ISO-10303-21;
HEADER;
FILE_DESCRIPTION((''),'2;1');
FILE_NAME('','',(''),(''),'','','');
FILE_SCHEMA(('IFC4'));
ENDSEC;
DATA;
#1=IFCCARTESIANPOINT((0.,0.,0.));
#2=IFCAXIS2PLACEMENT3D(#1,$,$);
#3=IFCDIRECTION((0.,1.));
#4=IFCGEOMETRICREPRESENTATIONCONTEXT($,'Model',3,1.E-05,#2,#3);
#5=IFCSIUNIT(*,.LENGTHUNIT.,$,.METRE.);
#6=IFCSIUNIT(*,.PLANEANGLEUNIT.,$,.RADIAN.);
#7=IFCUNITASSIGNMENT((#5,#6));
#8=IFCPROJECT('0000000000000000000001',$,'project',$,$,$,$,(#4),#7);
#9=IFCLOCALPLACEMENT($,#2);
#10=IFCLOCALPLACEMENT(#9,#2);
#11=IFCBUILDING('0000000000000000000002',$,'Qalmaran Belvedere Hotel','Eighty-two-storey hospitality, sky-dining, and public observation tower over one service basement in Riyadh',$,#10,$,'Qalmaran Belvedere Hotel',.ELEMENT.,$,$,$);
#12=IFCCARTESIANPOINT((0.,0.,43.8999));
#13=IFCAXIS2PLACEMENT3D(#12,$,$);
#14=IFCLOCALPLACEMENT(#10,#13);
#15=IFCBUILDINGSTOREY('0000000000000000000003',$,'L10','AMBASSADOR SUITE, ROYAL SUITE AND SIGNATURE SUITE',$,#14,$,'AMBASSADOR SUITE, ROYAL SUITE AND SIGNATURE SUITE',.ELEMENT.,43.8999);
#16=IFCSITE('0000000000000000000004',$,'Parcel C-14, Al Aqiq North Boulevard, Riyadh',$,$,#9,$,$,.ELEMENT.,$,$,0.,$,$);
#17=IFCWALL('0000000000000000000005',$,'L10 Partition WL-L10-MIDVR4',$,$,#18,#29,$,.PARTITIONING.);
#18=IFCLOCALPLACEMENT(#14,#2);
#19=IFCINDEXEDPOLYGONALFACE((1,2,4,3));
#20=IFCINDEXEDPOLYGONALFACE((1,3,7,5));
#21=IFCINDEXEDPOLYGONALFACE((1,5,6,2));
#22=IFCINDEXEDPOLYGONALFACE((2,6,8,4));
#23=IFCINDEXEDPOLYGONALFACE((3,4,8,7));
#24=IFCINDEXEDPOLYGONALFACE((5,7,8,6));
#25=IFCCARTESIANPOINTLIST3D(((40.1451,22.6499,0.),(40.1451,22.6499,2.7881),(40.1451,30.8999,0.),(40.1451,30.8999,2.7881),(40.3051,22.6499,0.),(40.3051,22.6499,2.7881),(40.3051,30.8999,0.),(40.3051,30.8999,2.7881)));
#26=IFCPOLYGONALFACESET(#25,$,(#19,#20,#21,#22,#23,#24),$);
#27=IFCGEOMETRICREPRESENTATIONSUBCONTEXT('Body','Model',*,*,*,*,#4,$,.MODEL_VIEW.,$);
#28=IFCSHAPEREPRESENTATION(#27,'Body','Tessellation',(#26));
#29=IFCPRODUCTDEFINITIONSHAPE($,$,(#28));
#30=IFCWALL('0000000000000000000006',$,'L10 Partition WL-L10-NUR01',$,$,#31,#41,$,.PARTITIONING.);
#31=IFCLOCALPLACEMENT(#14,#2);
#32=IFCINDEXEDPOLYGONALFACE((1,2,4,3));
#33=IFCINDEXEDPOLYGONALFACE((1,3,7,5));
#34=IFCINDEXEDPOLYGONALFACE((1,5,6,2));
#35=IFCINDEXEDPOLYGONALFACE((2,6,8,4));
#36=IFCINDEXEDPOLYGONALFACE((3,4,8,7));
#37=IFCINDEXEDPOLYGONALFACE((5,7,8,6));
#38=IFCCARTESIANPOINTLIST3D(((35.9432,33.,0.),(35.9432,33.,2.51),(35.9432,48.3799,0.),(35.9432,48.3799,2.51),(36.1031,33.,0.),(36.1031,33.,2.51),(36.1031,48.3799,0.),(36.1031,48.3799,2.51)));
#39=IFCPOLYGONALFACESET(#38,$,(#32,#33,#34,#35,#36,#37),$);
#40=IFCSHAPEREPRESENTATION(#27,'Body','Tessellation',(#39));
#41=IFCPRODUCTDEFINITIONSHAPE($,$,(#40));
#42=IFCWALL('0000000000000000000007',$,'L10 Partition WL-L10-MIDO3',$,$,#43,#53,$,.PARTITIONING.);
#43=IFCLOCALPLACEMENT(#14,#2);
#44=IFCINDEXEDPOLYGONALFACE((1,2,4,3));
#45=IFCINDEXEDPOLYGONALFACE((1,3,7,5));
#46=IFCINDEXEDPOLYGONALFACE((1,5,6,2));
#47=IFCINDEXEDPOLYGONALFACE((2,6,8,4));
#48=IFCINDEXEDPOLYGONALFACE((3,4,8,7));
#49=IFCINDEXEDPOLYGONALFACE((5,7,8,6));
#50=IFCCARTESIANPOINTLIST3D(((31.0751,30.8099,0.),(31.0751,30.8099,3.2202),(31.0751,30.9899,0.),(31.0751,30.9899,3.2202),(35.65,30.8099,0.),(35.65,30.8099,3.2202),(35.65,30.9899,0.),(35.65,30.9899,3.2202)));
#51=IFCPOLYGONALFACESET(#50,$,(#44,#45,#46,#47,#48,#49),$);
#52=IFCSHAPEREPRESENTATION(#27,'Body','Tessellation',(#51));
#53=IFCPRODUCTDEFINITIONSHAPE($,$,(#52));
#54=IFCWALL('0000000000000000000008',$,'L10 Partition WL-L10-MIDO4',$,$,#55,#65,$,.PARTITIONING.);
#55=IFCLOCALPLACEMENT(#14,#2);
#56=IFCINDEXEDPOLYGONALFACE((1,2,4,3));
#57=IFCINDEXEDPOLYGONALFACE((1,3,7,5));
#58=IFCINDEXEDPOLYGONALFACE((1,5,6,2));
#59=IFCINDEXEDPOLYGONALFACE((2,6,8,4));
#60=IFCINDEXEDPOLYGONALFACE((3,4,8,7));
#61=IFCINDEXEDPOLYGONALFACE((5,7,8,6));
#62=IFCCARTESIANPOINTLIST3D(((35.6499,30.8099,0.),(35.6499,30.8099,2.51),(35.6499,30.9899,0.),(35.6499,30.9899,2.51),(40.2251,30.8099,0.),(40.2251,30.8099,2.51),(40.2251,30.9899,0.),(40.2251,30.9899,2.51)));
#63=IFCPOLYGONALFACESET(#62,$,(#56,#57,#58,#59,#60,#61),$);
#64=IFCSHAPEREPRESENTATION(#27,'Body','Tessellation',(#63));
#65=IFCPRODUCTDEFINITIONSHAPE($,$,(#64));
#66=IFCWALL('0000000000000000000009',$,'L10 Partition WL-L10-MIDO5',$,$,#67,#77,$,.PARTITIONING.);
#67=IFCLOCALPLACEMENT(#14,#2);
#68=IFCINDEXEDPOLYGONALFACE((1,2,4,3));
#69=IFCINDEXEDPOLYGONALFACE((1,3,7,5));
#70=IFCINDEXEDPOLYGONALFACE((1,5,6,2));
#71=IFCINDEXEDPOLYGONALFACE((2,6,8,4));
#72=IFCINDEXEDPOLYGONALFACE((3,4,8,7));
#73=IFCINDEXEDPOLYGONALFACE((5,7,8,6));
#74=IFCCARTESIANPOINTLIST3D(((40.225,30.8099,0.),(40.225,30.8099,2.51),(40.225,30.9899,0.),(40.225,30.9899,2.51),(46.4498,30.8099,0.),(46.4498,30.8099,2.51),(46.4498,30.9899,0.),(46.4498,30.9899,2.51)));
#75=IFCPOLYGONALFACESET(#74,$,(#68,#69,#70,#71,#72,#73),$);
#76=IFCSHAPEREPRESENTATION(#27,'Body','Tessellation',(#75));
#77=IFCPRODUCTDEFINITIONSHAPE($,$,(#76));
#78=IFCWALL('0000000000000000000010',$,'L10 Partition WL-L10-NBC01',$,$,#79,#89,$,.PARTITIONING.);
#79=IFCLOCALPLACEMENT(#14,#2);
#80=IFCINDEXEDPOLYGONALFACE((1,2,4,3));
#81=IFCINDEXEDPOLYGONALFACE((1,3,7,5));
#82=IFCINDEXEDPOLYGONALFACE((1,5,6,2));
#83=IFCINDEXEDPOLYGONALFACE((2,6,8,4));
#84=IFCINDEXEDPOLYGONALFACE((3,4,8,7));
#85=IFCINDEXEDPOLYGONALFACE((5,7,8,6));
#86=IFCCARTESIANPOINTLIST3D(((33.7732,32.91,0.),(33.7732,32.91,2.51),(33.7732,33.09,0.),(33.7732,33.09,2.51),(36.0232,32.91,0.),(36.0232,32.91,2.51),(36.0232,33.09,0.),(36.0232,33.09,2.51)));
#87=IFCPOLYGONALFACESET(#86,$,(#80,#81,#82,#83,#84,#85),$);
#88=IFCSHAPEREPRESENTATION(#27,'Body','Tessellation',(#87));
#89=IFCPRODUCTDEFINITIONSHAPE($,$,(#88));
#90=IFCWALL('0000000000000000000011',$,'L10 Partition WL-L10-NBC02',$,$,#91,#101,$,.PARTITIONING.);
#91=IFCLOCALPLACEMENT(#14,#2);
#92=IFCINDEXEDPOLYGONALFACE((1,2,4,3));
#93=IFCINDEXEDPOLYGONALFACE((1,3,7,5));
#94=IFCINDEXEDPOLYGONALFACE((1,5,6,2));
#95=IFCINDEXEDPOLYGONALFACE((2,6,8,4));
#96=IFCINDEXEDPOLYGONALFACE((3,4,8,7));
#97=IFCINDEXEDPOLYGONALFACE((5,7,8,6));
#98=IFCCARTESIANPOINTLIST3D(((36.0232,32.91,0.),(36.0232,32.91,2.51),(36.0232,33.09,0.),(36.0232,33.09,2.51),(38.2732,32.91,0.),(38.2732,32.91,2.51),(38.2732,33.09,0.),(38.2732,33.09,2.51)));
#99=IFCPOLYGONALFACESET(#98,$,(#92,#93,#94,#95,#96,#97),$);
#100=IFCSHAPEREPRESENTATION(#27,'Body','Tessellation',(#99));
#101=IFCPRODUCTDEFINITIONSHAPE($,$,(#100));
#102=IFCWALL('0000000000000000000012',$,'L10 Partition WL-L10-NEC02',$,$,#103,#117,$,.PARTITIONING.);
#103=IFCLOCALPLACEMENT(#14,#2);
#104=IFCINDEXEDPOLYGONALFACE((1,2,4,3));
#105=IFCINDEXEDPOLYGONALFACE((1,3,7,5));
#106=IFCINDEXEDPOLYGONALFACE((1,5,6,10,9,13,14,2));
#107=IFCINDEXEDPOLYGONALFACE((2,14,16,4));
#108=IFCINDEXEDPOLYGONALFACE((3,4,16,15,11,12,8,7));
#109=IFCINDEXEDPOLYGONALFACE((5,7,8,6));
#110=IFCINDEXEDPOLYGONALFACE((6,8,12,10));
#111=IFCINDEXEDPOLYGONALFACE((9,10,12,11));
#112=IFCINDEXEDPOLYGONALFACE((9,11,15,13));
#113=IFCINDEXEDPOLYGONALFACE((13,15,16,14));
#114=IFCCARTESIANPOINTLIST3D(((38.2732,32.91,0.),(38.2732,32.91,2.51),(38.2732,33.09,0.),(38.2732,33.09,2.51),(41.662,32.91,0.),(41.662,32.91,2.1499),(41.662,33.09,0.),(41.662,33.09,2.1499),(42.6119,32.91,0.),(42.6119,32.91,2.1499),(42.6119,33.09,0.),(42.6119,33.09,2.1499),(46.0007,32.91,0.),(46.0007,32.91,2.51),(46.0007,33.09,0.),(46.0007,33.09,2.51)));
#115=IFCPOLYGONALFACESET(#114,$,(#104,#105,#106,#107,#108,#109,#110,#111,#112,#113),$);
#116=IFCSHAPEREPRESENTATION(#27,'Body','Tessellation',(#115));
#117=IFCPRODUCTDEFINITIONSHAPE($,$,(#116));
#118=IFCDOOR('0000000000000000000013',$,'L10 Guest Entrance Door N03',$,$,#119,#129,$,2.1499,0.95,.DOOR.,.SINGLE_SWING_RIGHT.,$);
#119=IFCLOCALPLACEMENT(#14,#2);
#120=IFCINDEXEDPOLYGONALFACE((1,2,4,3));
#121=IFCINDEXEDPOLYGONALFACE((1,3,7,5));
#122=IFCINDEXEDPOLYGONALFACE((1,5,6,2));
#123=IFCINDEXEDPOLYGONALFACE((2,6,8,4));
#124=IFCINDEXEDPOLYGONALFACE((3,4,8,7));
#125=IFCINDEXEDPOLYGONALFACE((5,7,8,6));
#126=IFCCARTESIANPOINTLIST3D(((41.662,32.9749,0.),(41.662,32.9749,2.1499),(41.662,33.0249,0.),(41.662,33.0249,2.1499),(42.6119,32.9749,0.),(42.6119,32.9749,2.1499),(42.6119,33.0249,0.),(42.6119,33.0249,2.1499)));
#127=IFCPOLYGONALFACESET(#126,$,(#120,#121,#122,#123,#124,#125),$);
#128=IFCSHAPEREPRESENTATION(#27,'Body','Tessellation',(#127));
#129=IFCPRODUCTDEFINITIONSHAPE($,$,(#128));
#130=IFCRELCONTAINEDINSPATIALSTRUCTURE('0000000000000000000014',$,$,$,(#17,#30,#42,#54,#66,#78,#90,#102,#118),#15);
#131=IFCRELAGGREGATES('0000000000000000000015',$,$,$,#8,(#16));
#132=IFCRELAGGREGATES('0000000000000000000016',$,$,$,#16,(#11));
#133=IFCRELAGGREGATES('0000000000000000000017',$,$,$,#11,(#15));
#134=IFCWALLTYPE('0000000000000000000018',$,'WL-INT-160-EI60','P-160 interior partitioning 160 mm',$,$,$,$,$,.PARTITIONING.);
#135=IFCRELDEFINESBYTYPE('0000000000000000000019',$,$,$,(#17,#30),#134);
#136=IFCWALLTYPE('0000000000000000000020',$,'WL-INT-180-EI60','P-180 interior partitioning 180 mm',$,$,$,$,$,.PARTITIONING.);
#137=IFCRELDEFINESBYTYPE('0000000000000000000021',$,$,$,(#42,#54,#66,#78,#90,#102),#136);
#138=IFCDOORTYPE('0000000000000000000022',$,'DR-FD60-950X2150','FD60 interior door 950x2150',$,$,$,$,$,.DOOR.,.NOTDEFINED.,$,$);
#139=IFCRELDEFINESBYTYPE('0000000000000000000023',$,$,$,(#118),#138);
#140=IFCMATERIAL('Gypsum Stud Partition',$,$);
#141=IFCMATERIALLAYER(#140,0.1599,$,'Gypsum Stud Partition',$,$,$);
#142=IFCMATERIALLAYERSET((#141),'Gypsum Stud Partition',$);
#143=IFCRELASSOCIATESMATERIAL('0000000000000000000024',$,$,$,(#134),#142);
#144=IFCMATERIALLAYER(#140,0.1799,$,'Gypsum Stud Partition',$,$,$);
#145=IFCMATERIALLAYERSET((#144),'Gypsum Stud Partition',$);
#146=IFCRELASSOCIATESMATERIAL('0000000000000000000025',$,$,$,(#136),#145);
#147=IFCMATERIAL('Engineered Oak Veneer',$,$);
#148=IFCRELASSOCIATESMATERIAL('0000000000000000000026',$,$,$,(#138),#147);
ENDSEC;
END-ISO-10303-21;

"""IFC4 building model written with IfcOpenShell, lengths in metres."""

from ifc_helpers import new_model, si_unit, direction, frame, frame_2d, origin, place, context, subcontext, project, spatial, rectangle, extrude, material, layer, layer_set, type_object, element, fill, save


model = new_model("IFC4")

# Units and contexts
model_context = context("Model", 3, precision=1e-05, world=origin(), true_north=direction((0.0, 1.0)))
body_context = subcontext(model_context, "Body", "Model", "MODEL_VIEW")
ifc_project = project(units=[si_unit("LENGTHUNIT", "METRE"), si_unit("PLANEANGLEUNIT", "RADIAN")], contexts=[model_context])

# Site, building, storey
site_placement = place(None, origin())
site = spatial("IfcSite", under=ifc_project, at=site_placement, Name="Parcel C-14, Al Aqiq North Boulevard, Riyadh", CompositionType="ELEMENT", RefElevation=0.0)
building_placement = place(site_placement, origin())
building = spatial("IfcBuilding", under=site, at=building_placement, Name="Qalmaran Belvedere Hotel", Description="Eighty-two-storey hospitality, sky-dining, and public observation tower over one service basement in Riyadh", LongName="Qalmaran Belvedere Hotel", CompositionType="ELEMENT")
storey_placement = place(building_placement, frame((0.0, 0.0, 43.8999)))
storey = spatial("IfcBuildingStorey", under=building, at=storey_placement, Name="L10", Description="AMBASSADOR SUITE, ROYAL SUITE AND SIGNATURE SUITE", LongName="AMBASSADOR SUITE, ROYAL SUITE AND SIGNATURE SUITE", CompositionType="ELEMENT", Elevation=43.8999)

# Walls
ifc_material_1 = material(Name="Gypsum Stud Partition")
ifc_layer_1 = layer(ifc_material_1, 0.1599, Name="Gypsum Stud Partition")
ifc_layer_set_1 = layer_set([ifc_layer_1], Name="Gypsum Stud Partition")
wall_type_1 = type_object("IfcWallType", Name="WL-INT-160-EI60", Description="P-160 interior partitioning 160 mm", PredefinedType="PARTITIONING", material=ifc_layer_set_1)
for number, where, z_axis, x_axis, name in (
    (1, (40.2251, 22.6499, 0.0), (0.0, 0.0, 1.0), (0.0, 1.0, 0.0), "L10 Partition WL-L10-MIDVR4"),
):
    element("IfcWall", number, at=place(storey_placement, frame(where, z_axis=z_axis, x_axis=x_axis)), inside=storey, type_object=wall_type_1, Name=name, PredefinedType="PARTITIONING", context=body_context, shape_type="SweptSolid", body=[
        extrude(rectangle(XDim=8.25, YDim=0.1599, at=frame_2d((4.125, 0.0))), origin(), (0.0, 0.0, 1.0), 2.7881),
    ])
wall_1_placement = place(storey_placement, frame((36.0232, 33.0, 0.0), z_axis=(0.0, 0.0, 1.0), x_axis=(0.0, 1.0, 0.0)))
element("IfcWall", 2, at=wall_1_placement, inside=storey, type_object=wall_type_1, Name="L10 Partition WL-L10-NUR01", PredefinedType="PARTITIONING", context=body_context, shape_type="SweptSolid", body=[
    extrude(rectangle(XDim=15.3799, YDim=0.1599, at=frame_2d((7.6899, 0.0))), origin(), (0.0, 0.0, 1.0), 2.51),
])

# Shared definitions
ifc_layer_2 = layer(ifc_material_1, 0.1799, Name="Gypsum Stud Partition")
ifc_layer_set_2 = layer_set([ifc_layer_2], Name="Gypsum Stud Partition")
wall_type_2 = type_object("IfcWallType", Name="WL-INT-180-EI60", Description="P-180 interior partitioning 180 mm", PredefinedType="PARTITIONING", material=ifc_layer_set_2)
ifc_material_2 = material(Name="Engineered Oak Veneer")
door_type = type_object("IfcDoorType", Name="DR-FD60-950X2150", Description="FD60 interior door 950x2150", OperationType="NOTDEFINED", PredefinedType="DOOR", material=ifc_material_2)

# Wall
wall_2_placement = place(storey_placement, frame((31.075, 30.8999, 0.0), z_axis=(0.0, 0.0, 1.0), x_axis=(1.0, 0.0, 0.0)))
element("IfcWall", 3, at=wall_2_placement, inside=storey, type_object=wall_type_2, Name="L10 Partition WL-L10-MIDO3", PredefinedType="PARTITIONING", context=body_context, shape_type="SweptSolid", body=[
    extrude(rectangle(XDim=4.575, YDim=0.1799, at=frame_2d((2.2876, 0.0))), origin(), (0.0, 0.0, 1.0), 3.2202),
])

# Wall
wall_3_placement = place(storey_placement, frame((35.6499, 30.8999, 0.0), z_axis=(0.0, 0.0, 1.0), x_axis=(1.0, 0.0, 0.0)))
element("IfcWall", 4, at=wall_3_placement, inside=storey, type_object=wall_type_2, Name="L10 Partition WL-L10-MIDO4", PredefinedType="PARTITIONING", context=body_context, shape_type="SweptSolid", body=[
    extrude(rectangle(XDim=4.5752, YDim=0.1799, at=frame_2d((2.2876, 0.0))), origin(), (0.0, 0.0, 1.0), 2.51),
])

# Walls
wall_4_placement = place(storey_placement, frame((40.2251, 30.8999, 0.0), z_axis=(0.0, 0.0, 1.0), x_axis=(1.0, 0.0, 0.0)))
element("IfcWall", 5, at=wall_4_placement, inside=storey, type_object=wall_type_2, Name="L10 Partition WL-L10-MIDO5", PredefinedType="PARTITIONING", context=body_context, shape_type="SweptSolid", body=[
    extrude(rectangle(XDim=6.2249, YDim=0.1799, at=frame_2d((3.1123, 0.0))), origin(), (0.0, 0.0, 1.0), 2.51),
])
for number, where, z_axis, x_axis, name in (
    (6, (33.7732, 33.0, 0.0), (0.0, 0.0, 1.0), (1.0, 0.0, 0.0), "L10 Partition WL-L10-NBC01"),
    (7, (36.0232, 33.0, 0.0), (0.0, 0.0, 1.0), (1.0, 0.0, 0.0), "L10 Partition WL-L10-NBC02"),
):
    element("IfcWall", number, at=place(storey_placement, frame(where, z_axis=z_axis, x_axis=x_axis)), inside=storey, type_object=wall_type_2, Name=name, PredefinedType="PARTITIONING", context=body_context, shape_type="SweptSolid", body=[
        extrude(rectangle(XDim=2.25, YDim=0.1799, at=frame_2d((1.125, 0.0))), origin(), (0.0, 0.0, 1.0), 2.51),
    ])

# Wall, opening, door
wall_5_placement = place(storey_placement, frame((38.2732, 33.0, 0.0), z_axis=(0.0, 0.0, 1.0), x_axis=(1.0, 0.0, 0.0)))
wall_5 = element("IfcWall", 8, at=wall_5_placement, inside=storey, type_object=wall_type_2, Name="L10 Partition WL-L10-NEC02", PredefinedType="PARTITIONING", context=body_context, shape_type="SweptSolid", body=[
    extrude(rectangle(XDim=7.7275, YDim=0.1799, at=frame_2d((3.8638, 0.0))), origin(), (0.0, 0.0, 1.0), 2.51),
])
opening_1_placement = place(wall_5_placement, frame((3.3887, 0.0, 0.0)))
opening_1 = element("IfcOpeningElement", 9, at=opening_1_placement, cuts=wall_5, PredefinedType="OPENING", context=body_context, shape_type="SweptSolid", body=[
    extrude(rectangle(XDim=0.95, YDim=2.1499, at=frame_2d((0.4751, 1.075))), frame((0.0, 0.1001, 0.0), z_axis=(0.0, -1.0, 0.0), x_axis=(1.0, 0.0, 0.0)), (0.0, 0.0, 1.0), 0.2),
])
door_1_placement = place(opening_1_placement, origin())
door_1 = element("IfcDoor", 10, at=door_1_placement, inside=storey, type_object=door_type, Name="L10 Guest Entrance Door N03", OperationType="SINGLE_SWING_RIGHT", OverallHeight=2.1499, OverallWidth=0.95, PredefinedType="DOOR", context=body_context, shape_type="SweptSolid", body=[
    extrude(rectangle(XDim=0.95, YDim=2.1499, at=frame_2d((0.4751, 1.075))), frame((0.0, 0.0249, 0.0), z_axis=(0.0, -1.0, 0.0), x_axis=(1.0, 0.0, 0.0)), (0.0, 0.0, 1.0), 0.05),
])
fill(opening_1, door_1)

save(model, "model.ifc")
